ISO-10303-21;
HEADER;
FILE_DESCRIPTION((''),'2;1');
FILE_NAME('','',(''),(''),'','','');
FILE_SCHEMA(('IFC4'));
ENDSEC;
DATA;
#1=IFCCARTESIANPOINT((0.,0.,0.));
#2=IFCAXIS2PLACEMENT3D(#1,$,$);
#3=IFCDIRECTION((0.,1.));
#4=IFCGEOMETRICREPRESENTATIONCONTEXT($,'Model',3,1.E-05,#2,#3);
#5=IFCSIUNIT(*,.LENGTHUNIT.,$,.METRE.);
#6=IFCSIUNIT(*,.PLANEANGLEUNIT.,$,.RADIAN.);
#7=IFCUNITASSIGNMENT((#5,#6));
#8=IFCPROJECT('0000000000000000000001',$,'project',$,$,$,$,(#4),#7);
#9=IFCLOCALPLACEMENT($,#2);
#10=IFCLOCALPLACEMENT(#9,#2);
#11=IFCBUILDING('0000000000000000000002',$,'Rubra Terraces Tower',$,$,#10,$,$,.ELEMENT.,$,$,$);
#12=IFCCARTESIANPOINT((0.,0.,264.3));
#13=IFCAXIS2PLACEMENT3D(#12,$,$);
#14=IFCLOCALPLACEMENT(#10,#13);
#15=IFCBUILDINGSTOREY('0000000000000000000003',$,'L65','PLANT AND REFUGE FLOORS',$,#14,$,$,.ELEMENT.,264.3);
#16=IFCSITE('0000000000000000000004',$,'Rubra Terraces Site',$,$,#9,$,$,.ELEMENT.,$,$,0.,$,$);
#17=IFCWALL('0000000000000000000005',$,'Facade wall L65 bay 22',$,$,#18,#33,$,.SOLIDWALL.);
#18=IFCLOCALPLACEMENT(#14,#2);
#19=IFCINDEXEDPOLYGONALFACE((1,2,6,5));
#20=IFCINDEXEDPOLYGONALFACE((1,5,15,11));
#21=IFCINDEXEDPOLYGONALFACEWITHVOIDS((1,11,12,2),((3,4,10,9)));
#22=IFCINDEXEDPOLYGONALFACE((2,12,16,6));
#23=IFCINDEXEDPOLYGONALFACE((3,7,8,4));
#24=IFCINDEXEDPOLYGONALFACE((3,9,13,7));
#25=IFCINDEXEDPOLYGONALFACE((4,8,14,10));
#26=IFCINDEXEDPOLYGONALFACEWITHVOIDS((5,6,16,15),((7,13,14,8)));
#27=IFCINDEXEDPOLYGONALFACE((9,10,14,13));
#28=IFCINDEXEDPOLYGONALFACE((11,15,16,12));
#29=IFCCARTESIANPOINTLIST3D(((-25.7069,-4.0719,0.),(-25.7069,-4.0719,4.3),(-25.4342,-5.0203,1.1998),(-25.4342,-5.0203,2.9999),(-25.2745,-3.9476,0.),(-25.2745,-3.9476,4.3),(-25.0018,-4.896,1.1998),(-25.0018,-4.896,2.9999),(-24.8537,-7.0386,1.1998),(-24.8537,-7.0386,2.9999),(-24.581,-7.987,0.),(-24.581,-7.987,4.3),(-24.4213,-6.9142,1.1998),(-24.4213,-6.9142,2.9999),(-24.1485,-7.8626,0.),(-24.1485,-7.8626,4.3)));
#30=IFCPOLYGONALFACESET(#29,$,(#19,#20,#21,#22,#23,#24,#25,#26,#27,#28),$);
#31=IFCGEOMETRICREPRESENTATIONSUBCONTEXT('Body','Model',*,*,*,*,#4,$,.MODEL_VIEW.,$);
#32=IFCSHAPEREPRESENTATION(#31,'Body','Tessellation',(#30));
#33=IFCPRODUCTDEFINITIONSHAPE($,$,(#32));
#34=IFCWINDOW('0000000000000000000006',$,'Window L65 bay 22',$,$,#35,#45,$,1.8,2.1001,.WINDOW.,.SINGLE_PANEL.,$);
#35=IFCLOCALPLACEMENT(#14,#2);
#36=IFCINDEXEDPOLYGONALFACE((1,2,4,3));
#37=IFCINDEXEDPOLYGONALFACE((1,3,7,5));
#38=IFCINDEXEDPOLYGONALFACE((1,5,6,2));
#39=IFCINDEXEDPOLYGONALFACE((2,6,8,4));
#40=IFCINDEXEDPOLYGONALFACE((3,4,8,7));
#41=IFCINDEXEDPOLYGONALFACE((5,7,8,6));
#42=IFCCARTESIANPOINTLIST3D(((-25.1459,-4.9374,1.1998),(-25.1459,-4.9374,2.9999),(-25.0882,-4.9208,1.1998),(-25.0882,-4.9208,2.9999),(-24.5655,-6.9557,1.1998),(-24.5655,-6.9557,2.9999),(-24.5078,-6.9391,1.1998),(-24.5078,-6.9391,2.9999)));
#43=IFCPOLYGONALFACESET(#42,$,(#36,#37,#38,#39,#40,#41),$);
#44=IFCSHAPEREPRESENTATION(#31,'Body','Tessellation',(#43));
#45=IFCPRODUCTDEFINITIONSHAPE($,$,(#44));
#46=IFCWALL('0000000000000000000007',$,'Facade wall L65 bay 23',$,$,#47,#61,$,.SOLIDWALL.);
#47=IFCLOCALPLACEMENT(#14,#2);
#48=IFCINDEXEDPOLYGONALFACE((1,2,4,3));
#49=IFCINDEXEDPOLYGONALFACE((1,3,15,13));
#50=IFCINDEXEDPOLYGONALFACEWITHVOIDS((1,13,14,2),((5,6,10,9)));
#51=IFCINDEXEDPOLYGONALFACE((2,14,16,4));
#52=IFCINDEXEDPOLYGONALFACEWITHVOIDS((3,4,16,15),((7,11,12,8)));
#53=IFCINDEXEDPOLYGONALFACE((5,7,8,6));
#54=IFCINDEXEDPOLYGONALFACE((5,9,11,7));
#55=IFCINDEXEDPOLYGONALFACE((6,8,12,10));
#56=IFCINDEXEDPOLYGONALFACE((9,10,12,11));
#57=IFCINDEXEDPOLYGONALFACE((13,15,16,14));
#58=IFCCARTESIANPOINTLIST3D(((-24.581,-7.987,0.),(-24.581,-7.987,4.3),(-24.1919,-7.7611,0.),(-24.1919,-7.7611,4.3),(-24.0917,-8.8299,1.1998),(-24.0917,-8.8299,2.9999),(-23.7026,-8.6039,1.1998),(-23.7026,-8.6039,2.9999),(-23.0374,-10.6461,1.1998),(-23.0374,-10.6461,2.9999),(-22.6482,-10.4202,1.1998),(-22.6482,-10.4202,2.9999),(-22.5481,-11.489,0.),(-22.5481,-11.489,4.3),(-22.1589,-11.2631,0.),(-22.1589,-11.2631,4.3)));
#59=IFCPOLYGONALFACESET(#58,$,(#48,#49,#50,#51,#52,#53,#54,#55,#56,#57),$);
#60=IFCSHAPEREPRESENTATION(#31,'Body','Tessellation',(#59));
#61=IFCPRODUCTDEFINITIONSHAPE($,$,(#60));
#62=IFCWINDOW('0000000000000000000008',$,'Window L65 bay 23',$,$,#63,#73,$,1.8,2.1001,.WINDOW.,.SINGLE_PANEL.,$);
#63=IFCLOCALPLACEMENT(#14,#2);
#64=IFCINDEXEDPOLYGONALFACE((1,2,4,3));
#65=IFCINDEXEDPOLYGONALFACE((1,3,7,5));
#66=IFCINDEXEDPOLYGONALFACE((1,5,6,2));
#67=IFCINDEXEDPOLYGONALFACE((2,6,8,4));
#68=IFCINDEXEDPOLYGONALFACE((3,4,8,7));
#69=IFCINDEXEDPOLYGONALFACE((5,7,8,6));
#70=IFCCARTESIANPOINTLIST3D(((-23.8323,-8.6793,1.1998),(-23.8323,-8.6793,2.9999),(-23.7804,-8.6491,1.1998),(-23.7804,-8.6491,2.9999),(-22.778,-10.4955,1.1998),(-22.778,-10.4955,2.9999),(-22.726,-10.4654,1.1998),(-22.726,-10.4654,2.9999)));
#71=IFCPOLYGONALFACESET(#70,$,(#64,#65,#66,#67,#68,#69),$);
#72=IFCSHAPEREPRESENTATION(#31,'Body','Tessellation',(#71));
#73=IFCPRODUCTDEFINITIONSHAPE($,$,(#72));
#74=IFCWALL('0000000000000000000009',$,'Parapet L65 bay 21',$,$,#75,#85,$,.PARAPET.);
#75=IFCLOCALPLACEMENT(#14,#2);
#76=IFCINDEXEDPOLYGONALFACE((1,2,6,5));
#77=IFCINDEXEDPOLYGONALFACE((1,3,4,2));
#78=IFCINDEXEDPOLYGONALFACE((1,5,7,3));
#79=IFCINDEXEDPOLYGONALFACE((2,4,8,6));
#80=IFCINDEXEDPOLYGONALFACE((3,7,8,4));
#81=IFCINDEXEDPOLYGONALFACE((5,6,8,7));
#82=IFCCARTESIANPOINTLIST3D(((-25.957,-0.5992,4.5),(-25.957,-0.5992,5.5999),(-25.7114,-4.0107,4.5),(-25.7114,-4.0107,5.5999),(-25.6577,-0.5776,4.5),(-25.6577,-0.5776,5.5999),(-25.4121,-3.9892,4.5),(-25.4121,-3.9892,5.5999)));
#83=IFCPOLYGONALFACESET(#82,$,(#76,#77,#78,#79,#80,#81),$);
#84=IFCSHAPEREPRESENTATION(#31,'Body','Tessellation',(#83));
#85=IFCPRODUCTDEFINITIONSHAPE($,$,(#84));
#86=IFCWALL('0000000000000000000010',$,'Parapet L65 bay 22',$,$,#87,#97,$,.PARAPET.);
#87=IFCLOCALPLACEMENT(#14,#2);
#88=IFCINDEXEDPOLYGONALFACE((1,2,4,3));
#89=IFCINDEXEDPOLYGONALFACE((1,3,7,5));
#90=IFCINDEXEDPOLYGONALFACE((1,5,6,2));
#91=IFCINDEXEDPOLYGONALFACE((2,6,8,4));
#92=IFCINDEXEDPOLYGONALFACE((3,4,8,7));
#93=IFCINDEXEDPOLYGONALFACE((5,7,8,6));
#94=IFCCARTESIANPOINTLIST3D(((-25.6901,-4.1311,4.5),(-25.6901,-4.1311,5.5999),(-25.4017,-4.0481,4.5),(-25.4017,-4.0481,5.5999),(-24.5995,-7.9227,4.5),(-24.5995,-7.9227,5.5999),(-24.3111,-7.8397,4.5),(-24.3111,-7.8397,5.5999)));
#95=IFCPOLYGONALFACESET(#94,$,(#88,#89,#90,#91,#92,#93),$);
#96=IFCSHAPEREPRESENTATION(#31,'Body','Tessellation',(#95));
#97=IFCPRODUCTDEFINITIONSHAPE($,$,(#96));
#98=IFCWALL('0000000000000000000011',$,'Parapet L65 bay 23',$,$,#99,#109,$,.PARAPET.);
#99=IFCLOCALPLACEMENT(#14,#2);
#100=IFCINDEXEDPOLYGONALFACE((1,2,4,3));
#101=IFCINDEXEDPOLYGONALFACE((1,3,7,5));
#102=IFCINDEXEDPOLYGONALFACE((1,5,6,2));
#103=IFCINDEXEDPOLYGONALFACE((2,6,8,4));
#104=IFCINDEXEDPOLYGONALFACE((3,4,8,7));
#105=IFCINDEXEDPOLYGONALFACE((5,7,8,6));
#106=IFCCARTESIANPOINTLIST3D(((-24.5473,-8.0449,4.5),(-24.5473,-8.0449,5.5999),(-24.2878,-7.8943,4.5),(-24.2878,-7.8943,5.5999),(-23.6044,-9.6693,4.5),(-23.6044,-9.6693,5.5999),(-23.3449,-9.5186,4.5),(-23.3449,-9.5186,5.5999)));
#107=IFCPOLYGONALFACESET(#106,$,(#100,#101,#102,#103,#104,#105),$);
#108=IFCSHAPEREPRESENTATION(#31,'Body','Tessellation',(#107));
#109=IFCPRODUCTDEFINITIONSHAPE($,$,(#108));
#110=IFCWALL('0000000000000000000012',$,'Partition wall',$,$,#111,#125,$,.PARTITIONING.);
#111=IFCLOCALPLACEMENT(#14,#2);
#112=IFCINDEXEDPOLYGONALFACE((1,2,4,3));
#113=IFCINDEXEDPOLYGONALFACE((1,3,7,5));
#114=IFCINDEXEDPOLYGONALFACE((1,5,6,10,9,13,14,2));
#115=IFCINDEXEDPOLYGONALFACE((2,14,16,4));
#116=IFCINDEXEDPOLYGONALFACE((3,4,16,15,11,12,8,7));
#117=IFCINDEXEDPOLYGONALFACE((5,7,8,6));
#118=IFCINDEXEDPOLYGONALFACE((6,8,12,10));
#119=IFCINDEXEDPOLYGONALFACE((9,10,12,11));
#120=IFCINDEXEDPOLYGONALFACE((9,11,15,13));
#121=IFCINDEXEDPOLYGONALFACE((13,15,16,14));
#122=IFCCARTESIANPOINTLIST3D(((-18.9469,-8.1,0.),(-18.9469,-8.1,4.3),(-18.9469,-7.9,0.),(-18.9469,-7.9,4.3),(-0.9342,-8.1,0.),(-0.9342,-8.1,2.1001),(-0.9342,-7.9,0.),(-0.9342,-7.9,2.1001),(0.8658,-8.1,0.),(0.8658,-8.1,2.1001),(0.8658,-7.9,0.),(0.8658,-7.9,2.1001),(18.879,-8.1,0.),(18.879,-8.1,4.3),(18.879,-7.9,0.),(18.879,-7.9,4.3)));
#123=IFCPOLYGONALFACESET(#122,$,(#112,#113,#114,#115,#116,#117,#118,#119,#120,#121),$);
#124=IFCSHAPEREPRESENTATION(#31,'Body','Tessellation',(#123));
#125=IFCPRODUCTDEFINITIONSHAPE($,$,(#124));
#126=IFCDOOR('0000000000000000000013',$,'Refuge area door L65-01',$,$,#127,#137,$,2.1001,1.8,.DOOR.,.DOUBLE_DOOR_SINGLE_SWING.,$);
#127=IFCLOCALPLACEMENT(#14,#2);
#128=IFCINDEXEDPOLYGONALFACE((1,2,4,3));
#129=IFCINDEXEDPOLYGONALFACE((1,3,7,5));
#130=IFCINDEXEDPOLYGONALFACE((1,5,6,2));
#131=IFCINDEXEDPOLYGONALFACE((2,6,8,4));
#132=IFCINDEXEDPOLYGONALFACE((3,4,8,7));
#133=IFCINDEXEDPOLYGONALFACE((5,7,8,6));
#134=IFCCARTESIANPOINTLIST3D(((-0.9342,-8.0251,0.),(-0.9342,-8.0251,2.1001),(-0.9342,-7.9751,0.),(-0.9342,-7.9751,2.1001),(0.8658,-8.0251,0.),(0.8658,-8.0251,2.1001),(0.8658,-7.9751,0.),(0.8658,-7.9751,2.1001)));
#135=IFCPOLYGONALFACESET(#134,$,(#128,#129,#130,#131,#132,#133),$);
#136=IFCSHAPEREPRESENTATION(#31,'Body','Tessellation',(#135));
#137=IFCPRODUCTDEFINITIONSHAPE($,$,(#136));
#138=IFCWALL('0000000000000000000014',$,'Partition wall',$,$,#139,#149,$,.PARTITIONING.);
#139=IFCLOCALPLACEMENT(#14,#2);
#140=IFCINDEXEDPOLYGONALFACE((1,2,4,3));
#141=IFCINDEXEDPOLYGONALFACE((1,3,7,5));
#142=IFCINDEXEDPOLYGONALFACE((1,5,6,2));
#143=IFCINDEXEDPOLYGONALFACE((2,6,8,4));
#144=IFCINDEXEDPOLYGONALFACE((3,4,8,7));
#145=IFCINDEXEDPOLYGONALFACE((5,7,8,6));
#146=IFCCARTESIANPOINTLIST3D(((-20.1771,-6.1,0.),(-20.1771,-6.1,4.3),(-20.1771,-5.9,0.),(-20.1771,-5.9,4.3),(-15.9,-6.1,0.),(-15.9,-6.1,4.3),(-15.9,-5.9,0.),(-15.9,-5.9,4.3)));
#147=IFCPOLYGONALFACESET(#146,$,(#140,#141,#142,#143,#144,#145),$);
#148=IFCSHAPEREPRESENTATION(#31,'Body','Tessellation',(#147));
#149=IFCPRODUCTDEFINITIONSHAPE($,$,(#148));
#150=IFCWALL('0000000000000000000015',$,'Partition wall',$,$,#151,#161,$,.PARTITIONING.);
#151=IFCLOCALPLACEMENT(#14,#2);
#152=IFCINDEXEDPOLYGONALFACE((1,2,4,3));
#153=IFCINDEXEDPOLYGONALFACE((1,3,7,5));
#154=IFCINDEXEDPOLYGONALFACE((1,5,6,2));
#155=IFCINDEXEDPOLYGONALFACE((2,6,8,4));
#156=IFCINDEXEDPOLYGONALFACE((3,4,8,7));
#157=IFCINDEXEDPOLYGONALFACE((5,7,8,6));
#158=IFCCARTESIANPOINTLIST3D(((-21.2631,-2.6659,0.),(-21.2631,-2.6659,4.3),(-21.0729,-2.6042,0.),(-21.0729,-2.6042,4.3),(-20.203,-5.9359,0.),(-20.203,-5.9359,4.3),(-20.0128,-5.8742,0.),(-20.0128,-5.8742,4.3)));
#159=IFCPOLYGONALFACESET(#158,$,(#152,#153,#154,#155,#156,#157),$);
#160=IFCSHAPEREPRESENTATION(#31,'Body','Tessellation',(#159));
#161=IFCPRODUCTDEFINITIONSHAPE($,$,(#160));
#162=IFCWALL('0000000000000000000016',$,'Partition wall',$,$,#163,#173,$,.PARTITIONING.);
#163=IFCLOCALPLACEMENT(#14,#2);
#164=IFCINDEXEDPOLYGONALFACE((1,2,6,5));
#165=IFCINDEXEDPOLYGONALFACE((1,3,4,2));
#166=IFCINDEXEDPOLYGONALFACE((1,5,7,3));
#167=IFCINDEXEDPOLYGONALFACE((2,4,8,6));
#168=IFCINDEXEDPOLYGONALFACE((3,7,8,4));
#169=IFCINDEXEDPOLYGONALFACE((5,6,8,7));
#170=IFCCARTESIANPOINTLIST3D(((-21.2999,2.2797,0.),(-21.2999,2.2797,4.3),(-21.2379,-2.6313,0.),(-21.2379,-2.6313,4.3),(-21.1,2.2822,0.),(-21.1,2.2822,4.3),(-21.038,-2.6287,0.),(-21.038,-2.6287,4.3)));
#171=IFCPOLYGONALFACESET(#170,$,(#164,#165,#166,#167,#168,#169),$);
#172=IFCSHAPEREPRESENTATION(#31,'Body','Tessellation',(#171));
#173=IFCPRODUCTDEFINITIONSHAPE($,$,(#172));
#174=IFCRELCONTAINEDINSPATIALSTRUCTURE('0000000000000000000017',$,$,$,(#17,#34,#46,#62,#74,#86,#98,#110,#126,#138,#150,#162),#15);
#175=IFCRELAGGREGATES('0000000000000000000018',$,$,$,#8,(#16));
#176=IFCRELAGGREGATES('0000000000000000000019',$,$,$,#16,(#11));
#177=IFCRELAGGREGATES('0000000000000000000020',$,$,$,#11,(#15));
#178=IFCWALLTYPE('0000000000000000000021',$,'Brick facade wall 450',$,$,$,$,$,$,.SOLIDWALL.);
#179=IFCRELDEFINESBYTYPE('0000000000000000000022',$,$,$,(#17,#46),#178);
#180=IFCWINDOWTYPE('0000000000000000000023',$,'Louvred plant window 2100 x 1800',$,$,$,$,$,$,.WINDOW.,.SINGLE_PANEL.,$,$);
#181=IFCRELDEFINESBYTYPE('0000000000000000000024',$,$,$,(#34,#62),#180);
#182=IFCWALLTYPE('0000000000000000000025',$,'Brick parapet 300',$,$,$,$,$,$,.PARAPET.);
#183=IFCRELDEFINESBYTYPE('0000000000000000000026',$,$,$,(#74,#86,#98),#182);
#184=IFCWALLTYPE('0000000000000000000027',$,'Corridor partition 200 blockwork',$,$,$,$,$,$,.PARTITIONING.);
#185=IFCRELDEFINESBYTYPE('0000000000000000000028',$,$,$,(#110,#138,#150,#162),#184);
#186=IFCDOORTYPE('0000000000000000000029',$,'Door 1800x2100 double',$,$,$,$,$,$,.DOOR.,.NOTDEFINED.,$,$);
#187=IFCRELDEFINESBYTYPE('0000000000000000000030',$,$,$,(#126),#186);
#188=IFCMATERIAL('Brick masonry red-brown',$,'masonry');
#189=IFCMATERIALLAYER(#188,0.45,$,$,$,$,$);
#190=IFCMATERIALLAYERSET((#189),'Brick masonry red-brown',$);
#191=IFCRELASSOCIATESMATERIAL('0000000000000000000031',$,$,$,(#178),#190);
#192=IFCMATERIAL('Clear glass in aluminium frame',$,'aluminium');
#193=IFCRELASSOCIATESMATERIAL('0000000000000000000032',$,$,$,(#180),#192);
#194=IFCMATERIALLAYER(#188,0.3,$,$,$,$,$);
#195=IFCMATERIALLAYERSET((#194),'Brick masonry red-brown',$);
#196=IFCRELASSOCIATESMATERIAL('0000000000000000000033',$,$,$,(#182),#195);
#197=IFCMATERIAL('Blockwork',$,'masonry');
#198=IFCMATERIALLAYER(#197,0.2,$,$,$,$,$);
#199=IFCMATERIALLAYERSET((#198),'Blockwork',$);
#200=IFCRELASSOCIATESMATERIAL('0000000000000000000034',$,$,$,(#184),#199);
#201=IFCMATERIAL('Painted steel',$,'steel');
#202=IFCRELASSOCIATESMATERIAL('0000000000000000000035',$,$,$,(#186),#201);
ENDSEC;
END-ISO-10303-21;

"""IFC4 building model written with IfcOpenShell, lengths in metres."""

from ifc_helpers import new_model, si_unit, direction, frame, frame_2d, origin, place, context, subcontext, project, spatial, rectangle, extrude, material, layer, layer_set, type_object, element, fill, save


model = new_model("IFC4")

# Units and contexts
model_context = context("Model", 3, precision=1e-05, world=origin(), true_north=direction((0.0, 1.0)))
body_context = subcontext(model_context, "Body", "Model", "MODEL_VIEW")
ifc_project = project(units=[si_unit("LENGTHUNIT", "METRE"), si_unit("PLANEANGLEUNIT", "RADIAN")], contexts=[model_context])

# Site, building, storey
site_placement = place(None, origin())
site = spatial("IfcSite", under=ifc_project, at=site_placement, Name="Rubra Terraces Site", CompositionType="ELEMENT", RefElevation=0.0)
building_placement = place(site_placement, origin())
building = spatial("IfcBuilding", under=site, at=building_placement, Name="Rubra Terraces Tower", CompositionType="ELEMENT")
storey_placement = place(building_placement, frame((0.0, 0.0, 264.3)))
storey = spatial("IfcBuildingStorey", under=building, at=storey_placement, Name="L65", Description="PLANT AND REFUGE FLOORS", CompositionType="ELEMENT", Elevation=264.3)

# Walls, openings, windows
ifc_material_1 = material(Name="Brick masonry red-brown", Category="masonry")
ifc_layer_1 = layer(ifc_material_1, 0.45)
ifc_layer_set_1 = layer_set([ifc_layer_1], Name="Brick masonry red-brown")
wall_type_1 = type_object("IfcWallType", Name="Brick facade wall 450", PredefinedType="SOLIDWALL", material=ifc_layer_set_1)
ifc_material_2 = material(Name="Clear glass in aluminium frame", Category="aluminium")
window_type = type_object("IfcWindowType", Name="Louvred plant window 2100 x 1800", PartitioningType="SINGLE_PANEL", PredefinedType="WINDOW", material=ifc_material_2)
wall_1_placement = place(storey_placement, frame((-25.4907, -4.0098, 0.0), z_axis=(0.0, 0.0, 1.0), x_axis=(0.276399, -0.961043, 0.0)))
wall_1 = element("IfcWall", 1, at=wall_1_placement, inside=storey, type_object=wall_type_1, Name="Facade wall L65 bay 22", PredefinedType="SOLIDWALL", context=body_context, shape_type="SweptSolid", body=[
    extrude(rectangle(XDim=4.0737, YDim=0.45, at=frame_2d((2.0369, 0.0))), origin(), (0.0, 0.0, 1.0), 4.3),
])
opening_1_placement = place(wall_1_placement, frame((0.9868, 0.0, 1.2)))
opening_1 = element("IfcOpeningElement", 2, at=opening_1_placement, cuts=wall_1, PredefinedType="OPENING", context=body_context, shape_type="SweptSolid", body=[
    extrude(rectangle(XDim=2.1001, YDim=1.8, at=frame_2d((1.05, 0.8999))), frame((0.0, 0.2349, 0.0), z_axis=(0.0, -1.0, 0.0), x_axis=(1.0, 0.0, 0.0)), (0.0, 0.0, 1.0), 0.47),
])
window_1_placement = place(opening_1_placement, origin())
window_1 = element("IfcWindow", 3, at=window_1_placement, inside=storey, type_object=window_type, Name="Window L65 bay 22", OverallHeight=1.8, OverallWidth=2.1001, PartitioningType="SINGLE_PANEL", PredefinedType="WINDOW", context=body_context, shape_type="SweptSolid", body=[
    extrude(rectangle(XDim=2.1001, YDim=1.8, at=frame_2d((1.05, 0.8999))), frame((0.0, 0.135, 0.0), z_axis=(0.0, -1.0, 0.0), x_axis=(1.0, 0.0, 0.0)), (0.0, 0.0, 1.0), 0.0601),
])
fill(opening_1, window_1)
wall_2_placement = place(storey_placement, frame((-24.3865, -7.874, 0.0), z_axis=(0.0, 0.0, 1.0), x_axis=(0.502056, -0.864835, 0.0)))
wall_2 = element("IfcWall", 4, at=wall_2_placement, inside=storey, type_object=wall_type_1, Name="Facade wall L65 bay 23", PredefinedType="SOLIDWALL", context=body_context, shape_type="SweptSolid", body=[
    extrude(rectangle(XDim=4.0493, YDim=0.45, at=frame_2d((2.0247, 0.0))), origin(), (0.0, 0.0, 1.0), 4.3),
])
opening_2_placement = place(wall_2_placement, frame((0.9746, 0.0, 1.2)))
opening_2 = element("IfcOpeningElement", 5, at=opening_2_placement, cuts=wall_2, PredefinedType="OPENING", context=body_context, shape_type="SweptSolid", body=[
    extrude(rectangle(XDim=2.1001, YDim=1.8, at=frame_2d((1.05, 0.8999))), frame((0.0, 0.2349, 0.0), z_axis=(0.0, -1.0, 0.0), x_axis=(1.0, 0.0, 0.0)), (0.0, 0.0, 1.0), 0.47),
])
window_2_placement = place(opening_2_placement, origin())
window_2 = element("IfcWindow", 6, at=window_2_placement, inside=storey, type_object=window_type, Name="Window L65 bay 23", OverallHeight=1.8, OverallWidth=2.1001, PartitioningType="SINGLE_PANEL", PredefinedType="WINDOW", context=body_context, shape_type="SweptSolid", body=[
    extrude(rectangle(XDim=2.1001, YDim=1.8, at=frame_2d((1.05, 0.8999))), frame((0.0, 0.135, 0.0), z_axis=(0.0, -1.0, 0.0), x_axis=(1.0, 0.0, 0.0)), (0.0, 0.0, 1.0), 0.0601),
])
fill(opening_2, window_2)

# Walls
ifc_layer_2 = layer(ifc_material_1, 0.3)
ifc_layer_set_2 = layer_set([ifc_layer_2], Name="Brick masonry red-brown")
wall_type_2 = type_object("IfcWallType", Name="Brick parapet 300", PredefinedType="PARAPET", material=ifc_layer_set_2)
wall_3_placement = place(storey_placement, frame((-25.8074, -0.5884, 4.5), z_axis=(0.0, 0.0, 1.0), x_axis=(0.071805, -0.997419, 0.0)))
element("IfcWall", 7, at=wall_3_placement, inside=storey, type_object=wall_type_2, Name="Parapet L65 bay 21", PredefinedType="PARAPET", context=body_context, shape_type="SweptSolid", body=[
    extrude(rectangle(XDim=3.4204, YDim=0.3, at=frame_2d((1.7102, 0.0))), origin(), (0.0, 0.0, 1.0), 1.0999),
])
wall_4_placement = place(storey_placement, frame((-25.5459, -4.0896, 4.5), z_axis=(0.0, 0.0, 1.0), x_axis=(0.276429, -0.961034, 0.0)))
element("IfcWall", 8, at=wall_4_placement, inside=storey, type_object=wall_type_2, Name="Parapet L65 bay 22", PredefinedType="PARAPET", context=body_context, shape_type="SweptSolid", body=[
    extrude(rectangle(XDim=3.9453, YDim=0.3, at=frame_2d((1.9727, 0.0))), origin(), (0.0, 0.0, 1.0), 1.0999),
])
wall_5_placement = place(storey_placement, frame((-24.4175, -7.9697, 4.5), z_axis=(0.0, 0.0, 1.0), x_axis=(0.502035, -0.864847, 0.0)))
element("IfcWall", 9, at=wall_5_placement, inside=storey, type_object=wall_type_2, Name="Parapet L65 bay 23", PredefinedType="PARAPET", context=body_context, shape_type="SweptSolid", body=[
    extrude(rectangle(XDim=1.8782, YDim=0.3, at=frame_2d((0.939, 0.0))), origin(), (0.0, 0.0, 1.0), 1.0999),
])

# Wall, opening, door
ifc_material_3 = material(Name="Blockwork", Category="masonry")
ifc_layer_3 = layer(ifc_material_3, 0.2)
ifc_layer_set_3 = layer_set([ifc_layer_3], Name="Blockwork")
wall_type_3 = type_object("IfcWallType", Name="Corridor partition 200 blockwork", PredefinedType="PARTITIONING", material=ifc_layer_set_3)
wall_6_placement = place(storey_placement, frame((-18.947, -8.0, 0.0), z_axis=(0.0, 0.0, 1.0), x_axis=(1.0, 0.0, 0.0)))
wall_6 = element("IfcWall", 10, at=wall_6_placement, inside=storey, type_object=wall_type_3, Name="Partition wall", PredefinedType="PARTITIONING", context=body_context, shape_type="SweptSolid", body=[
    extrude(rectangle(XDim=37.8259, YDim=0.2, at=frame_2d((18.9131, 0.0))), origin(), (0.0, 0.0, 1.0), 4.3),
])
opening_3_placement = place(wall_6_placement, frame((18.0129, 0.0, 0.0)))
opening_3 = element("IfcOpeningElement", 11, at=opening_3_placement, cuts=wall_6, PredefinedType="OPENING", context=body_context, shape_type="SweptSolid", body=[
    extrude(rectangle(XDim=1.8, YDim=2.1001, at=frame_2d((0.8999, 1.05))), frame((0.0, 0.1099, 0.0), z_axis=(0.0, -1.0, 0.0), x_axis=(1.0, 0.0, 0.0)), (0.0, 0.0, 1.0), 0.22),
])
ifc_material_4 = material(Name="Painted steel", Category="steel")
door_type = type_object("IfcDoorType", Name="Door 1800x2100 double", OperationType="NOTDEFINED", PredefinedType="DOOR", material=ifc_material_4)
door_placement = place(opening_3_placement, origin())
door = element("IfcDoor", 12, at=door_placement, inside=storey, type_object=door_type, Name="Refuge area door L65-01", OperationType="DOUBLE_DOOR_SINGLE_SWING", OverallHeight=2.1001, OverallWidth=1.8, PredefinedType="DOOR", context=body_context, shape_type="SweptSolid", body=[
    extrude(rectangle(XDim=1.8, YDim=2.1001, at=frame_2d((0.8999, 1.05))), frame((0.0, 0.0249, 0.0), z_axis=(0.0, -1.0, 0.0), x_axis=(1.0, 0.0, 0.0)), (0.0, 0.0, 1.0), 0.05),
])
fill(opening_3, door)

# Walls
wall_7_placement = place(storey_placement, frame((-15.8999, -6.0, 0.0), z_axis=(0.0, 0.0, 1.0), x_axis=(-1.0, 0.0, 0.0)))
element("IfcWall", 13, at=wall_7_placement, inside=storey, type_object=wall_type_3, Name="Partition wall", PredefinedType="PARTITIONING", context=body_context, shape_type="SweptSolid", body=[
    extrude(rectangle(XDim=4.2771, YDim=0.2, at=frame_2d((2.1387, 0.0))), origin(), (0.0, 0.0, 1.0), 4.3),
])
wall_8_placement = place(storey_placement, frame((-20.1079, -5.905, 0.0), z_axis=(0.0, 0.0, 1.0), x_axis=(-0.308376, 0.951264, 0.0)))
element("IfcWall", 14, at=wall_8_placement, inside=storey, type_object=wall_type_3, Name="Partition wall", PredefinedType="PARTITIONING", context=body_context, shape_type="SweptSolid", body=[
    extrude(rectangle(XDim=3.4375, YDim=0.2, at=frame_2d((1.7188, 0.0))), origin(), (0.0, 0.0, 1.0), 4.3),
])
wall_9_placement = place(storey_placement, frame((-21.1379, -2.6299, 0.0), z_axis=(0.0, 0.0, 1.0), x_axis=(-0.012626, 0.99992, 0.0)))
element("IfcWall", 15, at=wall_9_placement, inside=storey, type_object=wall_type_3, Name="Partition wall", PredefinedType="PARTITIONING", context=body_context, shape_type="SweptSolid", body=[
    extrude(rectangle(XDim=4.9114, YDim=0.2, at=frame_2d((2.4556, 0.0))), origin(), (0.0, 0.0, 1.0), 4.3),
])

save(model, "model.ifc")
